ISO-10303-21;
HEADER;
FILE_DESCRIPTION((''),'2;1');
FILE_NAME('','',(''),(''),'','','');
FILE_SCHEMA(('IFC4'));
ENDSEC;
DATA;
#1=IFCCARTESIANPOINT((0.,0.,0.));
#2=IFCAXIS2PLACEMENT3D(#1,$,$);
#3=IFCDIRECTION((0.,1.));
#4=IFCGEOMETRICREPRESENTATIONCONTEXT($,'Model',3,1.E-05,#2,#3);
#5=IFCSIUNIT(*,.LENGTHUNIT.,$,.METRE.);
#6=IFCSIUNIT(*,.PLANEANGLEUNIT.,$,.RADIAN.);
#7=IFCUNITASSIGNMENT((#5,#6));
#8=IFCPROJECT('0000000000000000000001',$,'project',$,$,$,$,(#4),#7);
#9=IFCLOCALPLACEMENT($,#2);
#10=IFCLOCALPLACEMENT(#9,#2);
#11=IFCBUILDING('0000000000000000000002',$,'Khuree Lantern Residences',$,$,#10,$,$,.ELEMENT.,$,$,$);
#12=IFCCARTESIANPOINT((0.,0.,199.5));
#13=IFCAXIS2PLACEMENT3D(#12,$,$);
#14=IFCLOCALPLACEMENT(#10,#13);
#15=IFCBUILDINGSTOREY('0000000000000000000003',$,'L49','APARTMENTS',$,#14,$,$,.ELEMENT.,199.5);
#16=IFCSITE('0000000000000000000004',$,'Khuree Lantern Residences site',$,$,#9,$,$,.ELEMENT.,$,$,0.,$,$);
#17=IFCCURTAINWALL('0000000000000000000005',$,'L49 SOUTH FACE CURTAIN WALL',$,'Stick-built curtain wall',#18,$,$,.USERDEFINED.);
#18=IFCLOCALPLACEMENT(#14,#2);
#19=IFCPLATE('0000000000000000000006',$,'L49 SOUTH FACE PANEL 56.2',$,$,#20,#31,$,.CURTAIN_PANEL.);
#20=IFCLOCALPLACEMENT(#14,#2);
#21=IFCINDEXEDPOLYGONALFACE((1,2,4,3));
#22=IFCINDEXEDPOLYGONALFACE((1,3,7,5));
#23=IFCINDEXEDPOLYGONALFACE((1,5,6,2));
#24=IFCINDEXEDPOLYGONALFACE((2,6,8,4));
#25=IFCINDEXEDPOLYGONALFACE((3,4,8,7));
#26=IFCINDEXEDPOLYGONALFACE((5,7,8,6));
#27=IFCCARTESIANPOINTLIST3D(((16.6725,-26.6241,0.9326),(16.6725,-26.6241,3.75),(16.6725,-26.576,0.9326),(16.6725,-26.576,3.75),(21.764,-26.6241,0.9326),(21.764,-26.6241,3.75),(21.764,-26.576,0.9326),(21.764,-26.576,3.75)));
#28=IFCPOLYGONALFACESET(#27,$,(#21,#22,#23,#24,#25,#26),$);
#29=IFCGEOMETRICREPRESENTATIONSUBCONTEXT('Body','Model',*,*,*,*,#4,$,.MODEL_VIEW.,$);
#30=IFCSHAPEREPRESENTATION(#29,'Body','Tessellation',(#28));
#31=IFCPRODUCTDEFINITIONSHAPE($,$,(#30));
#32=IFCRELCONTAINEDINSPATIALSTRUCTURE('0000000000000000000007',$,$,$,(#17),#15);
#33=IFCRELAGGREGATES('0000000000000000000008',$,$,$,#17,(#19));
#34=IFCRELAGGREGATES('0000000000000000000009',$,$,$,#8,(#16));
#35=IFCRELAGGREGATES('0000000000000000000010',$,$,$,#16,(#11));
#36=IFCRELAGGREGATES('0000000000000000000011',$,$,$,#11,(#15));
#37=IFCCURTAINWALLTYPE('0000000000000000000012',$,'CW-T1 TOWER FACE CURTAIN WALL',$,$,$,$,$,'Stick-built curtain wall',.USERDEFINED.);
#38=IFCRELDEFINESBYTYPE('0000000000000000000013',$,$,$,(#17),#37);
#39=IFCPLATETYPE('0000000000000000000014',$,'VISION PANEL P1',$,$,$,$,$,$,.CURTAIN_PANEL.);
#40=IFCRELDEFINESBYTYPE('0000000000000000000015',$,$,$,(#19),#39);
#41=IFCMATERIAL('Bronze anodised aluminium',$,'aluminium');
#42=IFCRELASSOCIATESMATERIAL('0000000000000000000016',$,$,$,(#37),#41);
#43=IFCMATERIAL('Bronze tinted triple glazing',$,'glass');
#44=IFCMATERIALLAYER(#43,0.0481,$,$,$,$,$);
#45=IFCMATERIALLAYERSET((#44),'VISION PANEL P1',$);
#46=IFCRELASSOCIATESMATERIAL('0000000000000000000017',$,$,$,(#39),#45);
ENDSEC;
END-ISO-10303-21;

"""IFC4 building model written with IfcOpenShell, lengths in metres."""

from ifc_helpers import new_model, si_unit, direction, frame, origin, origin_2d, place, context, subcontext, project, spatial, rectangle, extrude, material, layer, layer_set, type_object, element, aggregate, save


model = new_model("IFC4")

# Units and contexts
model_context = context("Model", 3, precision=1e-05, world=origin(), true_north=direction((0.0, 1.0)))
body_context = subcontext(model_context, "Body", "Model", "MODEL_VIEW")
ifc_project = project(units=[si_unit("LENGTHUNIT", "METRE"), si_unit("PLANEANGLEUNIT", "RADIAN")], contexts=[model_context])

# Site, building, storey
site_placement = place(None, origin())
site = spatial("IfcSite", under=ifc_project, at=site_placement, Name="Khuree Lantern Residences site", CompositionType="ELEMENT", RefElevation=0.0)
building_placement = place(site_placement, origin())
building = spatial("IfcBuilding", under=site, at=building_placement, Name="Khuree Lantern Residences", CompositionType="ELEMENT")
storey_placement = place(building_placement, frame((0.0, 0.0, 199.5)))
storey = spatial("IfcBuildingStorey", under=building, at=storey_placement, Name="L49", Description="APARTMENTS", CompositionType="ELEMENT", Elevation=199.5)

# Shared definitions
ifc_material_1 = material(Name="Bronze anodised aluminium", Category="aluminium")

# Shared definitions
curtain_wall_type_1 = type_object("IfcCurtainWallType", Name="CW-T1 TOWER FACE CURTAIN WALL", ElementType="Stick-built curtain wall", PredefinedType="USERDEFINED", material=ifc_material_1)

# Shared definitions
ifc_material_2 = material(Name="Bronze tinted triple glazing", Category="glass")

# Curtain wall
curtain_wall_1_placement = place(storey_placement, origin())
curtain_wall_1 = element("IfcCurtainWall", 1, at=curtain_wall_1_placement, inside=storey, type_object=curtain_wall_type_1, Name="L49 SOUTH FACE CURTAIN WALL", ObjectType="Stick-built curtain wall", PredefinedType="USERDEFINED")

# Plate
ifc_layer_1 = layer(ifc_material_2, 0.0481)
ifc_layer_set_1 = layer_set([ifc_layer_1], Name="VISION PANEL P1")
plate_type_1 = type_object("IfcPlateType", Name="VISION PANEL P1", PredefinedType="CURTAIN_PANEL", material=ifc_layer_set_1)
plate_1_placement = place(storey_placement, frame((19.2183, -26.6001, 0.9326), z_axis=(0.0, 0.0, 1.0), x_axis=(1.0, 0.0, 0.0)))
plate_1 = element("IfcPlate", 2, at=plate_1_placement, type_object=plate_type_1, Name="L49 SOUTH FACE PANEL 56.2", PredefinedType="CURTAIN_PANEL", context=body_context, shape_type="SweptSolid", body=[
    extrude(rectangle(XDim=5.0916, YDim=0.0481, at=origin_2d()), origin(), (0.0, 0.0, 1.0), 2.8174),
])
aggregate(curtain_wall_1, [plate_1])

save(model, "model.ifc")
